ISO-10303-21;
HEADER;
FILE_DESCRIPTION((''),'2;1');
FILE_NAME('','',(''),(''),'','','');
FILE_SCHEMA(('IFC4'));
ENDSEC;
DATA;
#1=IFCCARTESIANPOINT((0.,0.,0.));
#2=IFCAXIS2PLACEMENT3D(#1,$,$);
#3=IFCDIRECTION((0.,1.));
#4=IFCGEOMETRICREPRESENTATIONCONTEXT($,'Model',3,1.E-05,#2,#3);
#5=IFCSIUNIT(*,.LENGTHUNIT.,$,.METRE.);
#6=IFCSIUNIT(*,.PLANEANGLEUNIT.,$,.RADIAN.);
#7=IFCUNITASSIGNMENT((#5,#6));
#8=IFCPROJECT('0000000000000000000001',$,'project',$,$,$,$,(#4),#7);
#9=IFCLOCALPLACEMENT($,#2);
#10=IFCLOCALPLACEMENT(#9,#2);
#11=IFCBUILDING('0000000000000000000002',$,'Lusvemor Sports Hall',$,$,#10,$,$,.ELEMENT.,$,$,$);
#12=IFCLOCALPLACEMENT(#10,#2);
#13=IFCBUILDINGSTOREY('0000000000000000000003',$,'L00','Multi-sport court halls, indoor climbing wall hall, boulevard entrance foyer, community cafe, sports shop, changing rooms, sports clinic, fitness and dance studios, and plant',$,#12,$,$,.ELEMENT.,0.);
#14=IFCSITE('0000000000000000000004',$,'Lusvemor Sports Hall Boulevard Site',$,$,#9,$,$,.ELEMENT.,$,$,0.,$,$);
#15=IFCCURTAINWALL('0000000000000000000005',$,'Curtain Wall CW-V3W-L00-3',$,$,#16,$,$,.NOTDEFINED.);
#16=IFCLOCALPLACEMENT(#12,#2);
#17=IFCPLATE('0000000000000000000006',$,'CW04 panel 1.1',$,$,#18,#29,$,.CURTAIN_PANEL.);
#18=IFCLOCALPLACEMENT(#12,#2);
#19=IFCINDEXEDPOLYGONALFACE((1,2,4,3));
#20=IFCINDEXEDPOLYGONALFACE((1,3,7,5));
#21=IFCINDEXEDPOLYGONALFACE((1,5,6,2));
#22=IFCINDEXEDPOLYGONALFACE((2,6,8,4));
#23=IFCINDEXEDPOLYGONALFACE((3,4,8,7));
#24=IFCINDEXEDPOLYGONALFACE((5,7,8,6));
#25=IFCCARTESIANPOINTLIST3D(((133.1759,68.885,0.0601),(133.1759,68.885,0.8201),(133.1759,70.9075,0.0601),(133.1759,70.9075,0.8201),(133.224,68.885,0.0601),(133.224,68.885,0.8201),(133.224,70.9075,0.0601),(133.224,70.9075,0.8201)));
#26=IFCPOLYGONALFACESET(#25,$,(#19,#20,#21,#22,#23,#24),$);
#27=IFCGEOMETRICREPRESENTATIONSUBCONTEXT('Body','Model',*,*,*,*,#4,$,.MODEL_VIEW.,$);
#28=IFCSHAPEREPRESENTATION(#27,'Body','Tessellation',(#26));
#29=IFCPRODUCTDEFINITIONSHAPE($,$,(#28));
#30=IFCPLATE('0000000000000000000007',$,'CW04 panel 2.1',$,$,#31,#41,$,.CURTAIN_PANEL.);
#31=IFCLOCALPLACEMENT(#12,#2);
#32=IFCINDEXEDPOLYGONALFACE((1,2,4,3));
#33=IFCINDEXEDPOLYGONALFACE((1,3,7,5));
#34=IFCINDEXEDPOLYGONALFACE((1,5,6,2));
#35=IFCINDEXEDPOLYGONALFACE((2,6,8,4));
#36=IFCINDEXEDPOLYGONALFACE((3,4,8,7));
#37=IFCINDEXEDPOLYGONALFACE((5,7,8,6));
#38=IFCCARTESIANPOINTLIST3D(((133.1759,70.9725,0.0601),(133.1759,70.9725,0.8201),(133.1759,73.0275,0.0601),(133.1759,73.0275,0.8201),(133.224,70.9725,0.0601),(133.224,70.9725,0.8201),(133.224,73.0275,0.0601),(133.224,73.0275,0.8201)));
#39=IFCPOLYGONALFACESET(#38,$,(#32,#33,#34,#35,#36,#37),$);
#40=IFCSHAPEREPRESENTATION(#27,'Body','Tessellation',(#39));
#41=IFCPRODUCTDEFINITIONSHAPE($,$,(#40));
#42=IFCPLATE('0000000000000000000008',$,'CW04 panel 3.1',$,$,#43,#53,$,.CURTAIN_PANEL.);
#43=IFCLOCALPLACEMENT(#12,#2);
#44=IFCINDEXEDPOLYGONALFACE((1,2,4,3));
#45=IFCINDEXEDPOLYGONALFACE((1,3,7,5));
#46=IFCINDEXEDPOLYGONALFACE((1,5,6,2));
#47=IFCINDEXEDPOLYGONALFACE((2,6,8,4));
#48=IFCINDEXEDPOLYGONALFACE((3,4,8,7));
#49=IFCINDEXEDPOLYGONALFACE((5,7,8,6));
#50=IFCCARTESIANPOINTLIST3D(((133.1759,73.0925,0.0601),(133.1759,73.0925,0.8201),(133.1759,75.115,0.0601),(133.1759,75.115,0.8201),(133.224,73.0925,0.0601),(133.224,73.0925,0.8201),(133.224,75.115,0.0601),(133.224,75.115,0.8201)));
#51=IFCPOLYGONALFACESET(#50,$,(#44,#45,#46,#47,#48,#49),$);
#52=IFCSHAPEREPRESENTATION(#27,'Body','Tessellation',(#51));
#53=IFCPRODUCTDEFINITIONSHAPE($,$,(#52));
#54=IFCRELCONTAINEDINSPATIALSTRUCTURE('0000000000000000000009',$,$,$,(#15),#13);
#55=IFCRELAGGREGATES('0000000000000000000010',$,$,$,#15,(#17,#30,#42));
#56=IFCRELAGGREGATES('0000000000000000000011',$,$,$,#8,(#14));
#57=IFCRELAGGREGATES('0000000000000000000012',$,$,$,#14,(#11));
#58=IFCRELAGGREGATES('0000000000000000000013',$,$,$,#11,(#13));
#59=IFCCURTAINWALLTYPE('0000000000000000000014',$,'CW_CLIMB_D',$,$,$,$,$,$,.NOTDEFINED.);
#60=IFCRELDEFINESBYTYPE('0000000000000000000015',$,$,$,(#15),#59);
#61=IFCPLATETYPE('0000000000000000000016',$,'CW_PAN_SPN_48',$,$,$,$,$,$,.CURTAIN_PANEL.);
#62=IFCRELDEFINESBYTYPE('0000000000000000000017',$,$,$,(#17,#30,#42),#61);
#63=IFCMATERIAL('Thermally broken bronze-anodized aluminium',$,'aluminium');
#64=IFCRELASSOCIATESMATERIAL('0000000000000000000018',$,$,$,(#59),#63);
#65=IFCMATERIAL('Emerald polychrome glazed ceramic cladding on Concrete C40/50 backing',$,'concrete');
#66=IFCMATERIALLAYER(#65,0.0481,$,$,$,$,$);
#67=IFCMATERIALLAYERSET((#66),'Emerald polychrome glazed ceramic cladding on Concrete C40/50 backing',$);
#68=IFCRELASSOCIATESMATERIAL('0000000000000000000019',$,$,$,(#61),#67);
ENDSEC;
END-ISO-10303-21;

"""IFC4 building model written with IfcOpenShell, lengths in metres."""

from ifc_helpers import new_model, si_unit, direction, frame, origin, origin_2d, place, context, subcontext, project, spatial, rectangle, extrude, material, layer, layer_set, type_object, element, aggregate, save


model = new_model("IFC4")

# Units and contexts
model_context = context("Model", 3, precision=1e-05, world=origin(), true_north=direction((0.0, 1.0)))
body_context = subcontext(model_context, "Body", "Model", "MODEL_VIEW")
ifc_project = project(units=[si_unit("LENGTHUNIT", "METRE"), si_unit("PLANEANGLEUNIT", "RADIAN")], contexts=[model_context])

# Site, building, storey
site_placement = place(None, origin())
site = spatial("IfcSite", under=ifc_project, at=site_placement, Name="Lusvemor Sports Hall Boulevard Site", CompositionType="ELEMENT", RefElevation=0.0)
building_placement = place(site_placement, origin())
building = spatial("IfcBuilding", under=site, at=building_placement, Name="Lusvemor Sports Hall", CompositionType="ELEMENT")
storey_placement = place(building_placement, origin())
storey = spatial("IfcBuildingStorey", under=building, at=storey_placement, Name="L00", Description="Multi-sport court halls, indoor climbing wall hall, boulevard entrance foyer, community cafe, sports shop, changing rooms, sports clinic, fitness and dance studios, and plant", CompositionType="ELEMENT", Elevation=0.0)

# Shared definitions
ifc_material_1 = material(Name="Thermally broken bronze-anodized aluminium", Category="aluminium")
curtain_wall_type = type_object("IfcCurtainWallType", Name="CW_CLIMB_D", PredefinedType="NOTDEFINED", material=ifc_material_1)

# Curtain wall, plates
curtain_wall_1_placement = place(storey_placement, origin())
curtain_wall_1 = element("IfcCurtainWall", 1, at=curtain_wall_1_placement, inside=storey, type_object=curtain_wall_type, Name="Curtain Wall CW-V3W-L00-3", PredefinedType="NOTDEFINED")
ifc_material_2 = material(Name="Emerald polychrome glazed ceramic cladding on Concrete C40/50 backing", Category="concrete")
ifc_layer_1 = layer(ifc_material_2, 0.0481)
ifc_layer_set_1 = layer_set([ifc_layer_1], Name="Emerald polychrome glazed ceramic cladding on Concrete C40/50 backing")
plate_type_1 = type_object("IfcPlateType", Name="CW_PAN_SPN_48", PredefinedType="CURTAIN_PANEL", material=ifc_layer_set_1)
plate_1_placement = place(storey_placement, frame((133.2, 69.8962, 0.0601), z_axis=(0.0, 0.0, 1.0), x_axis=(0.0, 1.0, 0.0)))
plate_1 = element("IfcPlate", 2, at=plate_1_placement, type_object=plate_type_1, Name="CW04 panel 1.1", PredefinedType="CURTAIN_PANEL", context=body_context, shape_type="SweptSolid", body=[
    extrude(rectangle(XDim=2.0225, YDim=0.0481, at=origin_2d()), origin(), (0.0, 0.0, 1.0), 0.76),
])
plate_2_placement = place(storey_placement, frame((133.2, 72.0, 0.0601), z_axis=(0.0, 0.0, 1.0), x_axis=(0.0, 1.0, 0.0)))
plate_2 = element("IfcPlate", 3, at=plate_2_placement, type_object=plate_type_1, Name="CW04 panel 2.1", PredefinedType="CURTAIN_PANEL", context=body_context, shape_type="SweptSolid", body=[
    extrude(rectangle(XDim=2.0549, YDim=0.0481, at=origin_2d()), origin(), (0.0, 0.0, 1.0), 0.76),
])
plate_3_placement = place(storey_placement, frame((133.2, 74.1038, 0.0601), z_axis=(0.0, 0.0, 1.0), x_axis=(0.0, 1.0, 0.0)))
plate_3 = element("IfcPlate", 4, at=plate_3_placement, type_object=plate_type_1, Name="CW04 panel 3.1", PredefinedType="CURTAIN_PANEL", context=body_context, shape_type="SweptSolid", body=[
    extrude(rectangle(XDim=2.0225, YDim=0.0481, at=origin_2d()), origin(), (0.0, 0.0, 1.0), 0.76),
])
aggregate(curtain_wall_1, [plate_1, plate_2, plate_3])

save(model, "model.ifc")
